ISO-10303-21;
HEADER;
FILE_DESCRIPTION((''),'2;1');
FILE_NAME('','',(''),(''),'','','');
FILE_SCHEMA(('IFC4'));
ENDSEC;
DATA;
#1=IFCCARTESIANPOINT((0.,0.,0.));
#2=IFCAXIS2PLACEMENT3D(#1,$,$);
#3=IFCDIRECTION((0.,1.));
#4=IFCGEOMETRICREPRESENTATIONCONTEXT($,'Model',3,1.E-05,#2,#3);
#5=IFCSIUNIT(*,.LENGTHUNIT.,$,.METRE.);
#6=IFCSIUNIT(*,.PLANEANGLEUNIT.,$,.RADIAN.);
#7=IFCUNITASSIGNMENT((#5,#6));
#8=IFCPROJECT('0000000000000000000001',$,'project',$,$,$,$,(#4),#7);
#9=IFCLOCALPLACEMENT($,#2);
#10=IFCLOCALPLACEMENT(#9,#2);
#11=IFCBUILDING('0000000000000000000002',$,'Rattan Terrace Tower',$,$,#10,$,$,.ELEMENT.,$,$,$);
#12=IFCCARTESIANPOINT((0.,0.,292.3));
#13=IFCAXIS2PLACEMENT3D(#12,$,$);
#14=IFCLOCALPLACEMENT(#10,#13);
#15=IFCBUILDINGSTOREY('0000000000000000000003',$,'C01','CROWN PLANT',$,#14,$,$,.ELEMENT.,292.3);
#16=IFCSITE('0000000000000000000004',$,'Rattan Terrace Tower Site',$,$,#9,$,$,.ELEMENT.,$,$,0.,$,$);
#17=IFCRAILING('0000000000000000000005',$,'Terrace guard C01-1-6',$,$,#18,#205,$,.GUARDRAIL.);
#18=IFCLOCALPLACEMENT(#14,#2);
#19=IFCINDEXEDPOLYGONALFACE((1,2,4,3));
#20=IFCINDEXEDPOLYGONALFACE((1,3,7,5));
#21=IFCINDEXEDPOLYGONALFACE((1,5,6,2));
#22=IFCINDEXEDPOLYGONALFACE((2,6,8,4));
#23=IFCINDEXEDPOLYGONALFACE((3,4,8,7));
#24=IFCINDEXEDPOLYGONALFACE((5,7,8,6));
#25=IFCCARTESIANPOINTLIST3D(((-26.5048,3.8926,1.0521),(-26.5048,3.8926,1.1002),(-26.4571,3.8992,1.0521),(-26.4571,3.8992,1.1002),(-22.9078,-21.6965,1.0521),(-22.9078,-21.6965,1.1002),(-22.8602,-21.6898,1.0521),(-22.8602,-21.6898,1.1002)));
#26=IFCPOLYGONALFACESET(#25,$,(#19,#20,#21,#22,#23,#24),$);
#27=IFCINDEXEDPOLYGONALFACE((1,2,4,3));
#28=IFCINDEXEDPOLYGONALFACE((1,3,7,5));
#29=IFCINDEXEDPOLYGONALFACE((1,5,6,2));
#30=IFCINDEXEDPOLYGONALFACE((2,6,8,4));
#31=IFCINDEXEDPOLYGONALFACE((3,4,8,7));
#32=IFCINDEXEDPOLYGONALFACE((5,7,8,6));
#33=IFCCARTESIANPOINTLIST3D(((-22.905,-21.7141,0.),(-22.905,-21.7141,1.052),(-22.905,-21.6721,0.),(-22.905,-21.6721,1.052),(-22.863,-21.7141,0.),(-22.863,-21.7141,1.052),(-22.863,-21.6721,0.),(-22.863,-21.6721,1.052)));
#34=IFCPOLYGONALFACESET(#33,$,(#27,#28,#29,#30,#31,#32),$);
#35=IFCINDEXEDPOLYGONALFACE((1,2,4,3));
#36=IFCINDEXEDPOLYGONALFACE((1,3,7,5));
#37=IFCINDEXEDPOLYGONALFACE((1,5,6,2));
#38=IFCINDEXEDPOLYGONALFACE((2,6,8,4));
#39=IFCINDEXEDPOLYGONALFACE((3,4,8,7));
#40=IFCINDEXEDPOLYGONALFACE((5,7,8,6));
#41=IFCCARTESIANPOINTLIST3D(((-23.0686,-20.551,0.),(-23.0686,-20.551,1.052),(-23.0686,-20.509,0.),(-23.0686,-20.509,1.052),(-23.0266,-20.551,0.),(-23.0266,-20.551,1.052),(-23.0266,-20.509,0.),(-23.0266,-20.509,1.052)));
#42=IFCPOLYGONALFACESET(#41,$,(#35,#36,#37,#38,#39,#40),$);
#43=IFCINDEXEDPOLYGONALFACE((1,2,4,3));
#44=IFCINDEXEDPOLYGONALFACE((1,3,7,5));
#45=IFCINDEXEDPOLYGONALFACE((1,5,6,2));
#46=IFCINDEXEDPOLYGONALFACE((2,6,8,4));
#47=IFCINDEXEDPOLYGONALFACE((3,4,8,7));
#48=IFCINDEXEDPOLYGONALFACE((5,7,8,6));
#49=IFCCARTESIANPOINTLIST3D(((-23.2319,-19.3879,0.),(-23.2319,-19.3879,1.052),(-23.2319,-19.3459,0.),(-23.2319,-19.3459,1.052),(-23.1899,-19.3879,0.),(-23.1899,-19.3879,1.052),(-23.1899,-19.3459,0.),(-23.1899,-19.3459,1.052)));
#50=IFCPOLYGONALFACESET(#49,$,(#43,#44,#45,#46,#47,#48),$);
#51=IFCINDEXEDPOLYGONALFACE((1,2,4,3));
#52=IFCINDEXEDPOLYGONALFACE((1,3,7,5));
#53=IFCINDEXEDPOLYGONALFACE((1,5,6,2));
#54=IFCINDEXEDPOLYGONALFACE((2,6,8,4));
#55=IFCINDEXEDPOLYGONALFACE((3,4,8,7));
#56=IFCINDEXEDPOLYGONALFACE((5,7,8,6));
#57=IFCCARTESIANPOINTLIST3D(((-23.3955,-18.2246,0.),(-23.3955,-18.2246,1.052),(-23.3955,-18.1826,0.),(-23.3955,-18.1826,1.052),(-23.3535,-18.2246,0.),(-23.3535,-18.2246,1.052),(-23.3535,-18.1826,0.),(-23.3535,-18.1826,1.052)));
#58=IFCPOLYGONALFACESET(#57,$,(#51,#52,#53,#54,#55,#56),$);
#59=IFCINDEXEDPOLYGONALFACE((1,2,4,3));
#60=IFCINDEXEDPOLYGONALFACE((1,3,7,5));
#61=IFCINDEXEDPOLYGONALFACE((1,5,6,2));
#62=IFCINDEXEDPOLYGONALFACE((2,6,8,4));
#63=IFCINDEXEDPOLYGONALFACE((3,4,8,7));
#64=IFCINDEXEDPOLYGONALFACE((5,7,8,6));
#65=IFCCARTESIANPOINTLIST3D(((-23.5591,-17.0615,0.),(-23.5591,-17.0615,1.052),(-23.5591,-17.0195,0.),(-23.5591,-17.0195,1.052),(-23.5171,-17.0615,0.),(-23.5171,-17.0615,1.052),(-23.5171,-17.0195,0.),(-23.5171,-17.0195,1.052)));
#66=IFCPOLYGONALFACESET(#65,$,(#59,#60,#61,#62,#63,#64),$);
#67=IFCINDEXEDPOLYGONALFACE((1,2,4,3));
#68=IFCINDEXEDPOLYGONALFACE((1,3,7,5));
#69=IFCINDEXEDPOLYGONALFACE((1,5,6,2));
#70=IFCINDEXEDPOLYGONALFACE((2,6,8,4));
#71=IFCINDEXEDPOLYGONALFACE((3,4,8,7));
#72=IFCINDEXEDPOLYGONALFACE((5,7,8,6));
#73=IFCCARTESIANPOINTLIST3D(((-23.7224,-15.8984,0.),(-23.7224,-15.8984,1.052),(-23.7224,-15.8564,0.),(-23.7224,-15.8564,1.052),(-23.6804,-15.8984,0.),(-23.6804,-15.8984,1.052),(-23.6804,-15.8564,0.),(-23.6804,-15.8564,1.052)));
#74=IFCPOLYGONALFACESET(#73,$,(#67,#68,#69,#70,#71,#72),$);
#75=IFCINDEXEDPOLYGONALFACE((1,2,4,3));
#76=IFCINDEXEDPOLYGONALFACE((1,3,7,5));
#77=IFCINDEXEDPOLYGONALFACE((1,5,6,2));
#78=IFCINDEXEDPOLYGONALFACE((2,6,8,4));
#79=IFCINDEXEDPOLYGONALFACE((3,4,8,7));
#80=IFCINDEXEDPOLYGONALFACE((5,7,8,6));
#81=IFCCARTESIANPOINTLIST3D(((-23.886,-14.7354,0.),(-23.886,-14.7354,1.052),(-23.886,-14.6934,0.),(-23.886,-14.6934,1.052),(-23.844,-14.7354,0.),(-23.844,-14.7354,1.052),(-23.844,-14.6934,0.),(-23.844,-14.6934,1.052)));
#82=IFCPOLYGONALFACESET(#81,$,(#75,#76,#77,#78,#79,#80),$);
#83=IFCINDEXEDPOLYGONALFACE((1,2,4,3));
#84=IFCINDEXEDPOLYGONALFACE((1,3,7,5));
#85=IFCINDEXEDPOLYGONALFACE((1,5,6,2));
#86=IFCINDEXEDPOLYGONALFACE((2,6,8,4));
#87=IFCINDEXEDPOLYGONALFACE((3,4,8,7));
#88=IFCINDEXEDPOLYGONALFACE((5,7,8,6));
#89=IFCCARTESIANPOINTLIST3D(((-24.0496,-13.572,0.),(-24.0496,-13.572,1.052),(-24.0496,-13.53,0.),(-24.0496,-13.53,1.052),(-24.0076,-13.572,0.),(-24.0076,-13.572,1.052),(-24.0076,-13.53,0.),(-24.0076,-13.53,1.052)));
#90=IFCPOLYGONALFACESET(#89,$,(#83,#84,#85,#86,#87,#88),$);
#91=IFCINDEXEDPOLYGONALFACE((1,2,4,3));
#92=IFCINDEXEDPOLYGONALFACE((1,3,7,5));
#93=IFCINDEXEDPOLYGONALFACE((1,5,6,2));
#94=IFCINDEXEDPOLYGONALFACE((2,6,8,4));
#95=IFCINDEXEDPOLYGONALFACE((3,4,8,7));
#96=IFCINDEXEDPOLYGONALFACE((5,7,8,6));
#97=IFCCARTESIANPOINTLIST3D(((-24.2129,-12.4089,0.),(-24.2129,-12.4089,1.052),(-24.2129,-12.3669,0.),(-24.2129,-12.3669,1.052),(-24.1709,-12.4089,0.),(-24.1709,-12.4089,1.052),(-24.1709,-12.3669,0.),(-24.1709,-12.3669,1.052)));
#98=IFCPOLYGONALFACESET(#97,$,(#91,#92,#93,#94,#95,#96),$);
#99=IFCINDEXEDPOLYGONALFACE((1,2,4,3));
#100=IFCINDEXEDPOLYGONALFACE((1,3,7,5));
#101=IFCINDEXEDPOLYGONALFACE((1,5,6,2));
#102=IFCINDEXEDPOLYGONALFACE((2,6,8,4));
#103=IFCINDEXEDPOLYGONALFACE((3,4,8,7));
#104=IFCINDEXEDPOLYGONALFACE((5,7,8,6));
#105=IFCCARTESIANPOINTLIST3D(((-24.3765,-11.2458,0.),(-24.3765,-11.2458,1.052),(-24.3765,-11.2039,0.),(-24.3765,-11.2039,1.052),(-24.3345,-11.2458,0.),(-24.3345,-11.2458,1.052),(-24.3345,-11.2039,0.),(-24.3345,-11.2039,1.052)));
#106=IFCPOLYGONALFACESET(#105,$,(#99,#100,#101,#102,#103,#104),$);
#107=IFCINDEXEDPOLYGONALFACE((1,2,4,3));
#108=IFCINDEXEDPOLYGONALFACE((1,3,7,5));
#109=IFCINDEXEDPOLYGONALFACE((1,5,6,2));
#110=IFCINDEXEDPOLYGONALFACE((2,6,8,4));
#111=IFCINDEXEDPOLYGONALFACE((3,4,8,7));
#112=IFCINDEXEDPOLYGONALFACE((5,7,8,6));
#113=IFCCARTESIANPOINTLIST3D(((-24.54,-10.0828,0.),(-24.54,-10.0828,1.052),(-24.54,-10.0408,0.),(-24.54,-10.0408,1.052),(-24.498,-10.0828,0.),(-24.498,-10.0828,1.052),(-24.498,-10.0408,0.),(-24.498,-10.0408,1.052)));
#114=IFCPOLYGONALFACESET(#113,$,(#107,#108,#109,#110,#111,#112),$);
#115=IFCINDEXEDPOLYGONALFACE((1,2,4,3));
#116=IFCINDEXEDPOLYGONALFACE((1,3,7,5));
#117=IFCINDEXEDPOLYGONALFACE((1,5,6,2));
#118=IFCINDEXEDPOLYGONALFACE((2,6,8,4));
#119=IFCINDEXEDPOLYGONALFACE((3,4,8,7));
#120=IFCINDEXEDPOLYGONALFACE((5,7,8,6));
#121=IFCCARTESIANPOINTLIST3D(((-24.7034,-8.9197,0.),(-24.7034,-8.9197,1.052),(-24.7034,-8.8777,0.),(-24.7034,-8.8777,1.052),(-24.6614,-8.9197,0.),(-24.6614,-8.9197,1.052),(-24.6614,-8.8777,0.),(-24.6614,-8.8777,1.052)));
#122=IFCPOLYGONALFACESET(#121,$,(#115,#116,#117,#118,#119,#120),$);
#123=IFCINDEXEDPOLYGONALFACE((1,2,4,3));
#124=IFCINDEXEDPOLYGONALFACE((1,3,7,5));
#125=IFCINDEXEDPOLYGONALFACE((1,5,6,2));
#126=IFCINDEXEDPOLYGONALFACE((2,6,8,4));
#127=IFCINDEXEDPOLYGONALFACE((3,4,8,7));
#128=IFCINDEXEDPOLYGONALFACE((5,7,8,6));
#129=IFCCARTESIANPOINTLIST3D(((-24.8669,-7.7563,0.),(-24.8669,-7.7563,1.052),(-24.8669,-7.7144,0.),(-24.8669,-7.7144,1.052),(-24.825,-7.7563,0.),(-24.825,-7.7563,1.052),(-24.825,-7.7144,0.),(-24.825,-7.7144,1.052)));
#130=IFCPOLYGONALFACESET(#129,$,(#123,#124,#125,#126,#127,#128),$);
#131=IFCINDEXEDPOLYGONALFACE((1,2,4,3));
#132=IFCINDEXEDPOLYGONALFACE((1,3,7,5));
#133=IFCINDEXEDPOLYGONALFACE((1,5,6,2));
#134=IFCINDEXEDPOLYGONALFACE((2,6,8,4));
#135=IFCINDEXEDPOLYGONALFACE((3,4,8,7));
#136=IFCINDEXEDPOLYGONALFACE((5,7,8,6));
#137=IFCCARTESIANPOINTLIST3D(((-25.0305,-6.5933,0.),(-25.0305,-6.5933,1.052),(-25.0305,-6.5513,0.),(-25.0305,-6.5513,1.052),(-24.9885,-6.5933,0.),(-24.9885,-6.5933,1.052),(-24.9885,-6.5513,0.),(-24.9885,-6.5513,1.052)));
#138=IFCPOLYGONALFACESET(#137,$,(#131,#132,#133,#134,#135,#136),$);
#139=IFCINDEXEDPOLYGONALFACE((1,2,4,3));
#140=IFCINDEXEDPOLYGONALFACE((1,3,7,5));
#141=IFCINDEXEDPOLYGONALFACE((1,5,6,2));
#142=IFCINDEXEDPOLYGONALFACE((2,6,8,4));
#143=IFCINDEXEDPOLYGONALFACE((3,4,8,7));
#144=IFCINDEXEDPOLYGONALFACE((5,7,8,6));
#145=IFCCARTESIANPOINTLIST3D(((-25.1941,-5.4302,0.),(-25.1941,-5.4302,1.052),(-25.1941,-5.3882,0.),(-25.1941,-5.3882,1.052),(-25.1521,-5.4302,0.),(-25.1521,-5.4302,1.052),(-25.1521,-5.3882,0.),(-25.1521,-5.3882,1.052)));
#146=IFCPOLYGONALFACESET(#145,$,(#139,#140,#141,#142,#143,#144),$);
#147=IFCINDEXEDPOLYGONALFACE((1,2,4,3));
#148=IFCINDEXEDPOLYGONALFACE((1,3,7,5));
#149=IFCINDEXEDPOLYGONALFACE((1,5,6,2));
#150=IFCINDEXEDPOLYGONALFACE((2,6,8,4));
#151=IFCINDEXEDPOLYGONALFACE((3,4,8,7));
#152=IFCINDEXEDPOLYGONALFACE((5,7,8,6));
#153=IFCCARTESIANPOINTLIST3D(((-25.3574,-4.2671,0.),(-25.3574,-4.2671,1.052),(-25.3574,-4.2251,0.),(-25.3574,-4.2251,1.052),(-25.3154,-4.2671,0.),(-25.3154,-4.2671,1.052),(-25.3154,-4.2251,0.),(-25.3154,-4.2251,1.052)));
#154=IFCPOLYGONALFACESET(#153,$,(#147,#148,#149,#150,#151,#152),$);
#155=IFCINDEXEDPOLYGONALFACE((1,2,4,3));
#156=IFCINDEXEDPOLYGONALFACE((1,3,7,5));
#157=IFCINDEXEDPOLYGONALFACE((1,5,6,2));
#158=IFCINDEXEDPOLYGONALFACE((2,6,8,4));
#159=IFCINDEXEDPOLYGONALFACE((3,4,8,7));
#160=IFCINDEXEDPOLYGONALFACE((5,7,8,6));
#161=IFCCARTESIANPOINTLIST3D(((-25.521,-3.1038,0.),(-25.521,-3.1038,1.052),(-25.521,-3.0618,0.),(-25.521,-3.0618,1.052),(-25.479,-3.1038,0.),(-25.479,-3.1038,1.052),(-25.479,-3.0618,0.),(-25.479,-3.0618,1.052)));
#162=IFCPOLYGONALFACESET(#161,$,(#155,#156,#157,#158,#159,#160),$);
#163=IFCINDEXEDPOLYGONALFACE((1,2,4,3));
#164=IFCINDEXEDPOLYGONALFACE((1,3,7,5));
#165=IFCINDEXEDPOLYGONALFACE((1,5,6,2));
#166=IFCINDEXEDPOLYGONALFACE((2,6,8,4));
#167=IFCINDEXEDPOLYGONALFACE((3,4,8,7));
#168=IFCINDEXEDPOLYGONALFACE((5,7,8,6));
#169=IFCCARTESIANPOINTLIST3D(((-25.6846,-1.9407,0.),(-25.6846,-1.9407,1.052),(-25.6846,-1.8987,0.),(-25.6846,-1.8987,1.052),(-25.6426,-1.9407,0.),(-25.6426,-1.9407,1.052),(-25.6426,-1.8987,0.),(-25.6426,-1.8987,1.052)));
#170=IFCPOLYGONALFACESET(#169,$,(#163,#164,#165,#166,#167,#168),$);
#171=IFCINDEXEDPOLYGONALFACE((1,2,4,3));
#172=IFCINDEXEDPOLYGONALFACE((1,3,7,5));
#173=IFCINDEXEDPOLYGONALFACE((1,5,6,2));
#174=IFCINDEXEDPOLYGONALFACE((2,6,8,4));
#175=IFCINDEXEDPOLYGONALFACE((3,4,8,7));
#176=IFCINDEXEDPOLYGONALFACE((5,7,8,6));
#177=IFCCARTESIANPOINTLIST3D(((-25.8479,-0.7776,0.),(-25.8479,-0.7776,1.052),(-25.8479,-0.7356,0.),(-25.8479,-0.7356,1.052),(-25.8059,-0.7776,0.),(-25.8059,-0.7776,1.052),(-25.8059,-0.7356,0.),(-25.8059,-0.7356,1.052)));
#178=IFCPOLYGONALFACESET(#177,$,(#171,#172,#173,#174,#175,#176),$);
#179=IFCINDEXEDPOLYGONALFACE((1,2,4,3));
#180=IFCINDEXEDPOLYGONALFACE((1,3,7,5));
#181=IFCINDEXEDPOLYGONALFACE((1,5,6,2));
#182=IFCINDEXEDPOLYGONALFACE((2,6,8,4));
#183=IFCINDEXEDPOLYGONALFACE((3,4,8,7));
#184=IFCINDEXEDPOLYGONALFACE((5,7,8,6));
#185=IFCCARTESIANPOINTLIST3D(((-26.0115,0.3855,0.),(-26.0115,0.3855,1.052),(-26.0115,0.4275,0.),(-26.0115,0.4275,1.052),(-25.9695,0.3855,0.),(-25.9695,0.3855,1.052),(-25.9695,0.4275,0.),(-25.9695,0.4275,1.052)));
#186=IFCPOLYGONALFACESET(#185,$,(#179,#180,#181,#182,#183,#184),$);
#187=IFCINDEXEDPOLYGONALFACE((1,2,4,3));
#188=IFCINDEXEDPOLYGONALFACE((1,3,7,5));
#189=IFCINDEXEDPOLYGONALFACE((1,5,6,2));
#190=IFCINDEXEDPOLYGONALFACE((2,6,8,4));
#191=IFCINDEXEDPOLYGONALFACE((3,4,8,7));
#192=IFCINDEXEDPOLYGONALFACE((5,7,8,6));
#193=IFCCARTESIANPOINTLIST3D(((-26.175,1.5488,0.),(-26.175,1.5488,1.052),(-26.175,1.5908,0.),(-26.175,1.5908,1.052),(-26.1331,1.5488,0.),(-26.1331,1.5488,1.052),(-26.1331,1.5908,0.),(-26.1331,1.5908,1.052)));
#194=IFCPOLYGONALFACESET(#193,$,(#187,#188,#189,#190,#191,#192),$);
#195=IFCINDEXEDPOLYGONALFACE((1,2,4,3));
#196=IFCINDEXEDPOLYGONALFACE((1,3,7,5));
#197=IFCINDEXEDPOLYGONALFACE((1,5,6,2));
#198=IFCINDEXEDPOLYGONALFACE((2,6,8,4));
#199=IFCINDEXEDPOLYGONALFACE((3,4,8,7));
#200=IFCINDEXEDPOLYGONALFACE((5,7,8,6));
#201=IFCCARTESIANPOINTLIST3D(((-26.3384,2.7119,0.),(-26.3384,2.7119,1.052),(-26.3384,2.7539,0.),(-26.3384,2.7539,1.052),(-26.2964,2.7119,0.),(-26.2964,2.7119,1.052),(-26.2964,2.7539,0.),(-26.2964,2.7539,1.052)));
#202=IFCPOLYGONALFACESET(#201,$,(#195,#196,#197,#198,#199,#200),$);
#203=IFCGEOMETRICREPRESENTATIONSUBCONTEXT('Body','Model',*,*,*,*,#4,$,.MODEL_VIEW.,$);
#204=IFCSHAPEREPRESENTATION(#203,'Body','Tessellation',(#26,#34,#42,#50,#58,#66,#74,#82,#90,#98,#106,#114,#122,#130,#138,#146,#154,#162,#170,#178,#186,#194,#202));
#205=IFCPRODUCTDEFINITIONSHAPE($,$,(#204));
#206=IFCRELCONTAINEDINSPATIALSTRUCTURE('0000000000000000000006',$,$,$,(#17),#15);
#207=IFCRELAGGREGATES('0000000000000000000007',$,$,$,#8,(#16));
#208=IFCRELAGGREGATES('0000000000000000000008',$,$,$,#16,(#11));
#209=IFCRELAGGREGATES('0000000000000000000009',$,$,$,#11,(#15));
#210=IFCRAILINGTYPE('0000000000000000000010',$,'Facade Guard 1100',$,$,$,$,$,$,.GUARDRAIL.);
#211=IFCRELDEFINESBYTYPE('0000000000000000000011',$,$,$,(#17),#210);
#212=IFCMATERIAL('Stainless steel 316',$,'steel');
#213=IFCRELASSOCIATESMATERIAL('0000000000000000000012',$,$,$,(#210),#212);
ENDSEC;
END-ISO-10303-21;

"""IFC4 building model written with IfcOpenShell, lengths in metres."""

from ifc_helpers import new_model, si_unit, direction, frame, origin, origin_2d, place, context, subcontext, project, spatial, rectangle, extrude, material, type_object, element, save


model = new_model("IFC4")

# Units and contexts
model_context = context("Model", 3, precision=1e-05, world=origin(), true_north=direction((0.0, 1.0)))
body_context = subcontext(model_context, "Body", "Model", "MODEL_VIEW")
ifc_project = project(units=[si_unit("LENGTHUNIT", "METRE"), si_unit("PLANEANGLEUNIT", "RADIAN")], contexts=[model_context])

# Site, building, storey
site_placement = place(None, origin())
site = spatial("IfcSite", under=ifc_project, at=site_placement, Name="Rattan Terrace Tower Site", CompositionType="ELEMENT", RefElevation=0.0)
building_placement = place(site_placement, origin())
building = spatial("IfcBuilding", under=site, at=building_placement, Name="Rattan Terrace Tower", CompositionType="ELEMENT")
storey_placement = place(building_placement, frame((0.0, 0.0, 292.3)))
storey = spatial("IfcBuildingStorey", under=building, at=storey_placement, Name="C01", Description="CROWN PLANT", CompositionType="ELEMENT", Elevation=292.3)

# Railing
ifc_material_1 = material(Name="Stainless steel 316", Category="steel")
railing_type = type_object("IfcRailingType", Name="Facade Guard 1100", PredefinedType="GUARDRAIL", material=ifc_material_1)
railing_1_placement = place(storey_placement, frame((-22.884, -21.6931, 0.0)))
element("IfcRailing", 1, at=railing_1_placement, inside=storey, type_object=railing_type, Name="Terrace guard C01-1-6", PredefinedType="GUARDRAIL", context=body_context, shape_type="SweptSolid", body=[
    extrude(rectangle(XDim=0.0481, YDim=0.0481, at=origin_2d()), frame((0.0, 0.0, 1.0762), z_axis=(-0.139196, 0.990265, 0.0), x_axis=(-0.990265, -0.139196, 0.0)), (0.0, 0.0, 1.0), 25.8406),
    extrude(rectangle(XDim=0.042, YDim=0.042, at=origin_2d()), origin(), (0.0, 0.0, 1.0), 1.052),
    extrude(rectangle(XDim=0.042, YDim=0.042, at=origin_2d()), frame((-0.1636, 1.1631, 0.0)), (0.0, 0.0, 1.0), 1.052),
    extrude(rectangle(XDim=0.042, YDim=0.042, at=origin_2d()), frame((-0.3269, 2.3262, 0.0)), (0.0, 0.0, 1.0), 1.052),
    extrude(rectangle(XDim=0.042, YDim=0.042, at=origin_2d()), frame((-0.4905, 3.4895, 0.0)), (0.0, 0.0, 1.0), 1.052),
    extrude(rectangle(XDim=0.042, YDim=0.042, at=origin_2d()), frame((-0.6541, 4.6526, 0.0)), (0.0, 0.0, 1.0), 1.052),
    extrude(rectangle(XDim=0.042, YDim=0.042, at=origin_2d()), frame((-0.8174, 5.8157, 0.0)), (0.0, 0.0, 1.0), 1.052),
    extrude(rectangle(XDim=0.042, YDim=0.042, at=origin_2d()), frame((-0.981, 6.9788, 0.0)), (0.0, 0.0, 1.0), 1.052),
    extrude(rectangle(XDim=0.042, YDim=0.042, at=origin_2d()), frame((-1.1445, 8.1421, 0.0)), (0.0, 0.0, 1.0), 1.052),
    extrude(rectangle(XDim=0.042, YDim=0.042, at=origin_2d()), frame((-1.3079, 9.3052, 0.0)), (0.0, 0.0, 1.0), 1.052),
    extrude(rectangle(XDim=0.042, YDim=0.042, at=origin_2d()), frame((-1.4714, 10.4683, 0.0)), (0.0, 0.0, 1.0), 1.052),
    extrude(rectangle(XDim=0.042, YDim=0.042, at=origin_2d()), frame((-1.635, 11.6313, 0.0)), (0.0, 0.0, 1.0), 1.052),
    extrude(rectangle(XDim=0.042, YDim=0.042, at=origin_2d()), frame((-1.7983, 12.7944, 0.0)), (0.0, 0.0, 1.0), 1.052),
    extrude(rectangle(XDim=0.042, YDim=0.042, at=origin_2d()), frame((-1.9619, 13.9578, 0.0)), (0.0, 0.0, 1.0), 1.052),
    extrude(rectangle(XDim=0.042, YDim=0.042, at=origin_2d()), frame((-2.1255, 15.1208, 0.0)), (0.0, 0.0, 1.0), 1.052),
    extrude(rectangle(XDim=0.042, YDim=0.042, at=origin_2d()), frame((-2.2891, 16.2839, 0.0)), (0.0, 0.0, 1.0), 1.052),
    extrude(rectangle(XDim=0.042, YDim=0.042, at=origin_2d()), frame((-2.4524, 17.447, 0.0)), (0.0, 0.0, 1.0), 1.052),
    extrude(rectangle(XDim=0.042, YDim=0.042, at=origin_2d()), frame((-2.616, 18.6104, 0.0)), (0.0, 0.0, 1.0), 1.052),
    extrude(rectangle(XDim=0.042, YDim=0.042, at=origin_2d()), frame((-2.7795, 19.7734, 0.0)), (0.0, 0.0, 1.0), 1.052),
    extrude(rectangle(XDim=0.042, YDim=0.042, at=origin_2d()), frame((-2.9429, 20.9365, 0.0)), (0.0, 0.0, 1.0), 1.052),
    extrude(rectangle(XDim=0.042, YDim=0.042, at=origin_2d()), frame((-3.1064, 22.0996, 0.0)), (0.0, 0.0, 1.0), 1.052),
    extrude(rectangle(XDim=0.042, YDim=0.042, at=origin_2d()), frame((-3.27, 23.2629, 0.0)), (0.0, 0.0, 1.0), 1.052),
    extrude(rectangle(XDim=0.042, YDim=0.042, at=origin_2d()), frame((-3.4333, 24.426, 0.0)), (0.0, 0.0, 1.0), 1.052),
])

save(model, "model.ifc")
